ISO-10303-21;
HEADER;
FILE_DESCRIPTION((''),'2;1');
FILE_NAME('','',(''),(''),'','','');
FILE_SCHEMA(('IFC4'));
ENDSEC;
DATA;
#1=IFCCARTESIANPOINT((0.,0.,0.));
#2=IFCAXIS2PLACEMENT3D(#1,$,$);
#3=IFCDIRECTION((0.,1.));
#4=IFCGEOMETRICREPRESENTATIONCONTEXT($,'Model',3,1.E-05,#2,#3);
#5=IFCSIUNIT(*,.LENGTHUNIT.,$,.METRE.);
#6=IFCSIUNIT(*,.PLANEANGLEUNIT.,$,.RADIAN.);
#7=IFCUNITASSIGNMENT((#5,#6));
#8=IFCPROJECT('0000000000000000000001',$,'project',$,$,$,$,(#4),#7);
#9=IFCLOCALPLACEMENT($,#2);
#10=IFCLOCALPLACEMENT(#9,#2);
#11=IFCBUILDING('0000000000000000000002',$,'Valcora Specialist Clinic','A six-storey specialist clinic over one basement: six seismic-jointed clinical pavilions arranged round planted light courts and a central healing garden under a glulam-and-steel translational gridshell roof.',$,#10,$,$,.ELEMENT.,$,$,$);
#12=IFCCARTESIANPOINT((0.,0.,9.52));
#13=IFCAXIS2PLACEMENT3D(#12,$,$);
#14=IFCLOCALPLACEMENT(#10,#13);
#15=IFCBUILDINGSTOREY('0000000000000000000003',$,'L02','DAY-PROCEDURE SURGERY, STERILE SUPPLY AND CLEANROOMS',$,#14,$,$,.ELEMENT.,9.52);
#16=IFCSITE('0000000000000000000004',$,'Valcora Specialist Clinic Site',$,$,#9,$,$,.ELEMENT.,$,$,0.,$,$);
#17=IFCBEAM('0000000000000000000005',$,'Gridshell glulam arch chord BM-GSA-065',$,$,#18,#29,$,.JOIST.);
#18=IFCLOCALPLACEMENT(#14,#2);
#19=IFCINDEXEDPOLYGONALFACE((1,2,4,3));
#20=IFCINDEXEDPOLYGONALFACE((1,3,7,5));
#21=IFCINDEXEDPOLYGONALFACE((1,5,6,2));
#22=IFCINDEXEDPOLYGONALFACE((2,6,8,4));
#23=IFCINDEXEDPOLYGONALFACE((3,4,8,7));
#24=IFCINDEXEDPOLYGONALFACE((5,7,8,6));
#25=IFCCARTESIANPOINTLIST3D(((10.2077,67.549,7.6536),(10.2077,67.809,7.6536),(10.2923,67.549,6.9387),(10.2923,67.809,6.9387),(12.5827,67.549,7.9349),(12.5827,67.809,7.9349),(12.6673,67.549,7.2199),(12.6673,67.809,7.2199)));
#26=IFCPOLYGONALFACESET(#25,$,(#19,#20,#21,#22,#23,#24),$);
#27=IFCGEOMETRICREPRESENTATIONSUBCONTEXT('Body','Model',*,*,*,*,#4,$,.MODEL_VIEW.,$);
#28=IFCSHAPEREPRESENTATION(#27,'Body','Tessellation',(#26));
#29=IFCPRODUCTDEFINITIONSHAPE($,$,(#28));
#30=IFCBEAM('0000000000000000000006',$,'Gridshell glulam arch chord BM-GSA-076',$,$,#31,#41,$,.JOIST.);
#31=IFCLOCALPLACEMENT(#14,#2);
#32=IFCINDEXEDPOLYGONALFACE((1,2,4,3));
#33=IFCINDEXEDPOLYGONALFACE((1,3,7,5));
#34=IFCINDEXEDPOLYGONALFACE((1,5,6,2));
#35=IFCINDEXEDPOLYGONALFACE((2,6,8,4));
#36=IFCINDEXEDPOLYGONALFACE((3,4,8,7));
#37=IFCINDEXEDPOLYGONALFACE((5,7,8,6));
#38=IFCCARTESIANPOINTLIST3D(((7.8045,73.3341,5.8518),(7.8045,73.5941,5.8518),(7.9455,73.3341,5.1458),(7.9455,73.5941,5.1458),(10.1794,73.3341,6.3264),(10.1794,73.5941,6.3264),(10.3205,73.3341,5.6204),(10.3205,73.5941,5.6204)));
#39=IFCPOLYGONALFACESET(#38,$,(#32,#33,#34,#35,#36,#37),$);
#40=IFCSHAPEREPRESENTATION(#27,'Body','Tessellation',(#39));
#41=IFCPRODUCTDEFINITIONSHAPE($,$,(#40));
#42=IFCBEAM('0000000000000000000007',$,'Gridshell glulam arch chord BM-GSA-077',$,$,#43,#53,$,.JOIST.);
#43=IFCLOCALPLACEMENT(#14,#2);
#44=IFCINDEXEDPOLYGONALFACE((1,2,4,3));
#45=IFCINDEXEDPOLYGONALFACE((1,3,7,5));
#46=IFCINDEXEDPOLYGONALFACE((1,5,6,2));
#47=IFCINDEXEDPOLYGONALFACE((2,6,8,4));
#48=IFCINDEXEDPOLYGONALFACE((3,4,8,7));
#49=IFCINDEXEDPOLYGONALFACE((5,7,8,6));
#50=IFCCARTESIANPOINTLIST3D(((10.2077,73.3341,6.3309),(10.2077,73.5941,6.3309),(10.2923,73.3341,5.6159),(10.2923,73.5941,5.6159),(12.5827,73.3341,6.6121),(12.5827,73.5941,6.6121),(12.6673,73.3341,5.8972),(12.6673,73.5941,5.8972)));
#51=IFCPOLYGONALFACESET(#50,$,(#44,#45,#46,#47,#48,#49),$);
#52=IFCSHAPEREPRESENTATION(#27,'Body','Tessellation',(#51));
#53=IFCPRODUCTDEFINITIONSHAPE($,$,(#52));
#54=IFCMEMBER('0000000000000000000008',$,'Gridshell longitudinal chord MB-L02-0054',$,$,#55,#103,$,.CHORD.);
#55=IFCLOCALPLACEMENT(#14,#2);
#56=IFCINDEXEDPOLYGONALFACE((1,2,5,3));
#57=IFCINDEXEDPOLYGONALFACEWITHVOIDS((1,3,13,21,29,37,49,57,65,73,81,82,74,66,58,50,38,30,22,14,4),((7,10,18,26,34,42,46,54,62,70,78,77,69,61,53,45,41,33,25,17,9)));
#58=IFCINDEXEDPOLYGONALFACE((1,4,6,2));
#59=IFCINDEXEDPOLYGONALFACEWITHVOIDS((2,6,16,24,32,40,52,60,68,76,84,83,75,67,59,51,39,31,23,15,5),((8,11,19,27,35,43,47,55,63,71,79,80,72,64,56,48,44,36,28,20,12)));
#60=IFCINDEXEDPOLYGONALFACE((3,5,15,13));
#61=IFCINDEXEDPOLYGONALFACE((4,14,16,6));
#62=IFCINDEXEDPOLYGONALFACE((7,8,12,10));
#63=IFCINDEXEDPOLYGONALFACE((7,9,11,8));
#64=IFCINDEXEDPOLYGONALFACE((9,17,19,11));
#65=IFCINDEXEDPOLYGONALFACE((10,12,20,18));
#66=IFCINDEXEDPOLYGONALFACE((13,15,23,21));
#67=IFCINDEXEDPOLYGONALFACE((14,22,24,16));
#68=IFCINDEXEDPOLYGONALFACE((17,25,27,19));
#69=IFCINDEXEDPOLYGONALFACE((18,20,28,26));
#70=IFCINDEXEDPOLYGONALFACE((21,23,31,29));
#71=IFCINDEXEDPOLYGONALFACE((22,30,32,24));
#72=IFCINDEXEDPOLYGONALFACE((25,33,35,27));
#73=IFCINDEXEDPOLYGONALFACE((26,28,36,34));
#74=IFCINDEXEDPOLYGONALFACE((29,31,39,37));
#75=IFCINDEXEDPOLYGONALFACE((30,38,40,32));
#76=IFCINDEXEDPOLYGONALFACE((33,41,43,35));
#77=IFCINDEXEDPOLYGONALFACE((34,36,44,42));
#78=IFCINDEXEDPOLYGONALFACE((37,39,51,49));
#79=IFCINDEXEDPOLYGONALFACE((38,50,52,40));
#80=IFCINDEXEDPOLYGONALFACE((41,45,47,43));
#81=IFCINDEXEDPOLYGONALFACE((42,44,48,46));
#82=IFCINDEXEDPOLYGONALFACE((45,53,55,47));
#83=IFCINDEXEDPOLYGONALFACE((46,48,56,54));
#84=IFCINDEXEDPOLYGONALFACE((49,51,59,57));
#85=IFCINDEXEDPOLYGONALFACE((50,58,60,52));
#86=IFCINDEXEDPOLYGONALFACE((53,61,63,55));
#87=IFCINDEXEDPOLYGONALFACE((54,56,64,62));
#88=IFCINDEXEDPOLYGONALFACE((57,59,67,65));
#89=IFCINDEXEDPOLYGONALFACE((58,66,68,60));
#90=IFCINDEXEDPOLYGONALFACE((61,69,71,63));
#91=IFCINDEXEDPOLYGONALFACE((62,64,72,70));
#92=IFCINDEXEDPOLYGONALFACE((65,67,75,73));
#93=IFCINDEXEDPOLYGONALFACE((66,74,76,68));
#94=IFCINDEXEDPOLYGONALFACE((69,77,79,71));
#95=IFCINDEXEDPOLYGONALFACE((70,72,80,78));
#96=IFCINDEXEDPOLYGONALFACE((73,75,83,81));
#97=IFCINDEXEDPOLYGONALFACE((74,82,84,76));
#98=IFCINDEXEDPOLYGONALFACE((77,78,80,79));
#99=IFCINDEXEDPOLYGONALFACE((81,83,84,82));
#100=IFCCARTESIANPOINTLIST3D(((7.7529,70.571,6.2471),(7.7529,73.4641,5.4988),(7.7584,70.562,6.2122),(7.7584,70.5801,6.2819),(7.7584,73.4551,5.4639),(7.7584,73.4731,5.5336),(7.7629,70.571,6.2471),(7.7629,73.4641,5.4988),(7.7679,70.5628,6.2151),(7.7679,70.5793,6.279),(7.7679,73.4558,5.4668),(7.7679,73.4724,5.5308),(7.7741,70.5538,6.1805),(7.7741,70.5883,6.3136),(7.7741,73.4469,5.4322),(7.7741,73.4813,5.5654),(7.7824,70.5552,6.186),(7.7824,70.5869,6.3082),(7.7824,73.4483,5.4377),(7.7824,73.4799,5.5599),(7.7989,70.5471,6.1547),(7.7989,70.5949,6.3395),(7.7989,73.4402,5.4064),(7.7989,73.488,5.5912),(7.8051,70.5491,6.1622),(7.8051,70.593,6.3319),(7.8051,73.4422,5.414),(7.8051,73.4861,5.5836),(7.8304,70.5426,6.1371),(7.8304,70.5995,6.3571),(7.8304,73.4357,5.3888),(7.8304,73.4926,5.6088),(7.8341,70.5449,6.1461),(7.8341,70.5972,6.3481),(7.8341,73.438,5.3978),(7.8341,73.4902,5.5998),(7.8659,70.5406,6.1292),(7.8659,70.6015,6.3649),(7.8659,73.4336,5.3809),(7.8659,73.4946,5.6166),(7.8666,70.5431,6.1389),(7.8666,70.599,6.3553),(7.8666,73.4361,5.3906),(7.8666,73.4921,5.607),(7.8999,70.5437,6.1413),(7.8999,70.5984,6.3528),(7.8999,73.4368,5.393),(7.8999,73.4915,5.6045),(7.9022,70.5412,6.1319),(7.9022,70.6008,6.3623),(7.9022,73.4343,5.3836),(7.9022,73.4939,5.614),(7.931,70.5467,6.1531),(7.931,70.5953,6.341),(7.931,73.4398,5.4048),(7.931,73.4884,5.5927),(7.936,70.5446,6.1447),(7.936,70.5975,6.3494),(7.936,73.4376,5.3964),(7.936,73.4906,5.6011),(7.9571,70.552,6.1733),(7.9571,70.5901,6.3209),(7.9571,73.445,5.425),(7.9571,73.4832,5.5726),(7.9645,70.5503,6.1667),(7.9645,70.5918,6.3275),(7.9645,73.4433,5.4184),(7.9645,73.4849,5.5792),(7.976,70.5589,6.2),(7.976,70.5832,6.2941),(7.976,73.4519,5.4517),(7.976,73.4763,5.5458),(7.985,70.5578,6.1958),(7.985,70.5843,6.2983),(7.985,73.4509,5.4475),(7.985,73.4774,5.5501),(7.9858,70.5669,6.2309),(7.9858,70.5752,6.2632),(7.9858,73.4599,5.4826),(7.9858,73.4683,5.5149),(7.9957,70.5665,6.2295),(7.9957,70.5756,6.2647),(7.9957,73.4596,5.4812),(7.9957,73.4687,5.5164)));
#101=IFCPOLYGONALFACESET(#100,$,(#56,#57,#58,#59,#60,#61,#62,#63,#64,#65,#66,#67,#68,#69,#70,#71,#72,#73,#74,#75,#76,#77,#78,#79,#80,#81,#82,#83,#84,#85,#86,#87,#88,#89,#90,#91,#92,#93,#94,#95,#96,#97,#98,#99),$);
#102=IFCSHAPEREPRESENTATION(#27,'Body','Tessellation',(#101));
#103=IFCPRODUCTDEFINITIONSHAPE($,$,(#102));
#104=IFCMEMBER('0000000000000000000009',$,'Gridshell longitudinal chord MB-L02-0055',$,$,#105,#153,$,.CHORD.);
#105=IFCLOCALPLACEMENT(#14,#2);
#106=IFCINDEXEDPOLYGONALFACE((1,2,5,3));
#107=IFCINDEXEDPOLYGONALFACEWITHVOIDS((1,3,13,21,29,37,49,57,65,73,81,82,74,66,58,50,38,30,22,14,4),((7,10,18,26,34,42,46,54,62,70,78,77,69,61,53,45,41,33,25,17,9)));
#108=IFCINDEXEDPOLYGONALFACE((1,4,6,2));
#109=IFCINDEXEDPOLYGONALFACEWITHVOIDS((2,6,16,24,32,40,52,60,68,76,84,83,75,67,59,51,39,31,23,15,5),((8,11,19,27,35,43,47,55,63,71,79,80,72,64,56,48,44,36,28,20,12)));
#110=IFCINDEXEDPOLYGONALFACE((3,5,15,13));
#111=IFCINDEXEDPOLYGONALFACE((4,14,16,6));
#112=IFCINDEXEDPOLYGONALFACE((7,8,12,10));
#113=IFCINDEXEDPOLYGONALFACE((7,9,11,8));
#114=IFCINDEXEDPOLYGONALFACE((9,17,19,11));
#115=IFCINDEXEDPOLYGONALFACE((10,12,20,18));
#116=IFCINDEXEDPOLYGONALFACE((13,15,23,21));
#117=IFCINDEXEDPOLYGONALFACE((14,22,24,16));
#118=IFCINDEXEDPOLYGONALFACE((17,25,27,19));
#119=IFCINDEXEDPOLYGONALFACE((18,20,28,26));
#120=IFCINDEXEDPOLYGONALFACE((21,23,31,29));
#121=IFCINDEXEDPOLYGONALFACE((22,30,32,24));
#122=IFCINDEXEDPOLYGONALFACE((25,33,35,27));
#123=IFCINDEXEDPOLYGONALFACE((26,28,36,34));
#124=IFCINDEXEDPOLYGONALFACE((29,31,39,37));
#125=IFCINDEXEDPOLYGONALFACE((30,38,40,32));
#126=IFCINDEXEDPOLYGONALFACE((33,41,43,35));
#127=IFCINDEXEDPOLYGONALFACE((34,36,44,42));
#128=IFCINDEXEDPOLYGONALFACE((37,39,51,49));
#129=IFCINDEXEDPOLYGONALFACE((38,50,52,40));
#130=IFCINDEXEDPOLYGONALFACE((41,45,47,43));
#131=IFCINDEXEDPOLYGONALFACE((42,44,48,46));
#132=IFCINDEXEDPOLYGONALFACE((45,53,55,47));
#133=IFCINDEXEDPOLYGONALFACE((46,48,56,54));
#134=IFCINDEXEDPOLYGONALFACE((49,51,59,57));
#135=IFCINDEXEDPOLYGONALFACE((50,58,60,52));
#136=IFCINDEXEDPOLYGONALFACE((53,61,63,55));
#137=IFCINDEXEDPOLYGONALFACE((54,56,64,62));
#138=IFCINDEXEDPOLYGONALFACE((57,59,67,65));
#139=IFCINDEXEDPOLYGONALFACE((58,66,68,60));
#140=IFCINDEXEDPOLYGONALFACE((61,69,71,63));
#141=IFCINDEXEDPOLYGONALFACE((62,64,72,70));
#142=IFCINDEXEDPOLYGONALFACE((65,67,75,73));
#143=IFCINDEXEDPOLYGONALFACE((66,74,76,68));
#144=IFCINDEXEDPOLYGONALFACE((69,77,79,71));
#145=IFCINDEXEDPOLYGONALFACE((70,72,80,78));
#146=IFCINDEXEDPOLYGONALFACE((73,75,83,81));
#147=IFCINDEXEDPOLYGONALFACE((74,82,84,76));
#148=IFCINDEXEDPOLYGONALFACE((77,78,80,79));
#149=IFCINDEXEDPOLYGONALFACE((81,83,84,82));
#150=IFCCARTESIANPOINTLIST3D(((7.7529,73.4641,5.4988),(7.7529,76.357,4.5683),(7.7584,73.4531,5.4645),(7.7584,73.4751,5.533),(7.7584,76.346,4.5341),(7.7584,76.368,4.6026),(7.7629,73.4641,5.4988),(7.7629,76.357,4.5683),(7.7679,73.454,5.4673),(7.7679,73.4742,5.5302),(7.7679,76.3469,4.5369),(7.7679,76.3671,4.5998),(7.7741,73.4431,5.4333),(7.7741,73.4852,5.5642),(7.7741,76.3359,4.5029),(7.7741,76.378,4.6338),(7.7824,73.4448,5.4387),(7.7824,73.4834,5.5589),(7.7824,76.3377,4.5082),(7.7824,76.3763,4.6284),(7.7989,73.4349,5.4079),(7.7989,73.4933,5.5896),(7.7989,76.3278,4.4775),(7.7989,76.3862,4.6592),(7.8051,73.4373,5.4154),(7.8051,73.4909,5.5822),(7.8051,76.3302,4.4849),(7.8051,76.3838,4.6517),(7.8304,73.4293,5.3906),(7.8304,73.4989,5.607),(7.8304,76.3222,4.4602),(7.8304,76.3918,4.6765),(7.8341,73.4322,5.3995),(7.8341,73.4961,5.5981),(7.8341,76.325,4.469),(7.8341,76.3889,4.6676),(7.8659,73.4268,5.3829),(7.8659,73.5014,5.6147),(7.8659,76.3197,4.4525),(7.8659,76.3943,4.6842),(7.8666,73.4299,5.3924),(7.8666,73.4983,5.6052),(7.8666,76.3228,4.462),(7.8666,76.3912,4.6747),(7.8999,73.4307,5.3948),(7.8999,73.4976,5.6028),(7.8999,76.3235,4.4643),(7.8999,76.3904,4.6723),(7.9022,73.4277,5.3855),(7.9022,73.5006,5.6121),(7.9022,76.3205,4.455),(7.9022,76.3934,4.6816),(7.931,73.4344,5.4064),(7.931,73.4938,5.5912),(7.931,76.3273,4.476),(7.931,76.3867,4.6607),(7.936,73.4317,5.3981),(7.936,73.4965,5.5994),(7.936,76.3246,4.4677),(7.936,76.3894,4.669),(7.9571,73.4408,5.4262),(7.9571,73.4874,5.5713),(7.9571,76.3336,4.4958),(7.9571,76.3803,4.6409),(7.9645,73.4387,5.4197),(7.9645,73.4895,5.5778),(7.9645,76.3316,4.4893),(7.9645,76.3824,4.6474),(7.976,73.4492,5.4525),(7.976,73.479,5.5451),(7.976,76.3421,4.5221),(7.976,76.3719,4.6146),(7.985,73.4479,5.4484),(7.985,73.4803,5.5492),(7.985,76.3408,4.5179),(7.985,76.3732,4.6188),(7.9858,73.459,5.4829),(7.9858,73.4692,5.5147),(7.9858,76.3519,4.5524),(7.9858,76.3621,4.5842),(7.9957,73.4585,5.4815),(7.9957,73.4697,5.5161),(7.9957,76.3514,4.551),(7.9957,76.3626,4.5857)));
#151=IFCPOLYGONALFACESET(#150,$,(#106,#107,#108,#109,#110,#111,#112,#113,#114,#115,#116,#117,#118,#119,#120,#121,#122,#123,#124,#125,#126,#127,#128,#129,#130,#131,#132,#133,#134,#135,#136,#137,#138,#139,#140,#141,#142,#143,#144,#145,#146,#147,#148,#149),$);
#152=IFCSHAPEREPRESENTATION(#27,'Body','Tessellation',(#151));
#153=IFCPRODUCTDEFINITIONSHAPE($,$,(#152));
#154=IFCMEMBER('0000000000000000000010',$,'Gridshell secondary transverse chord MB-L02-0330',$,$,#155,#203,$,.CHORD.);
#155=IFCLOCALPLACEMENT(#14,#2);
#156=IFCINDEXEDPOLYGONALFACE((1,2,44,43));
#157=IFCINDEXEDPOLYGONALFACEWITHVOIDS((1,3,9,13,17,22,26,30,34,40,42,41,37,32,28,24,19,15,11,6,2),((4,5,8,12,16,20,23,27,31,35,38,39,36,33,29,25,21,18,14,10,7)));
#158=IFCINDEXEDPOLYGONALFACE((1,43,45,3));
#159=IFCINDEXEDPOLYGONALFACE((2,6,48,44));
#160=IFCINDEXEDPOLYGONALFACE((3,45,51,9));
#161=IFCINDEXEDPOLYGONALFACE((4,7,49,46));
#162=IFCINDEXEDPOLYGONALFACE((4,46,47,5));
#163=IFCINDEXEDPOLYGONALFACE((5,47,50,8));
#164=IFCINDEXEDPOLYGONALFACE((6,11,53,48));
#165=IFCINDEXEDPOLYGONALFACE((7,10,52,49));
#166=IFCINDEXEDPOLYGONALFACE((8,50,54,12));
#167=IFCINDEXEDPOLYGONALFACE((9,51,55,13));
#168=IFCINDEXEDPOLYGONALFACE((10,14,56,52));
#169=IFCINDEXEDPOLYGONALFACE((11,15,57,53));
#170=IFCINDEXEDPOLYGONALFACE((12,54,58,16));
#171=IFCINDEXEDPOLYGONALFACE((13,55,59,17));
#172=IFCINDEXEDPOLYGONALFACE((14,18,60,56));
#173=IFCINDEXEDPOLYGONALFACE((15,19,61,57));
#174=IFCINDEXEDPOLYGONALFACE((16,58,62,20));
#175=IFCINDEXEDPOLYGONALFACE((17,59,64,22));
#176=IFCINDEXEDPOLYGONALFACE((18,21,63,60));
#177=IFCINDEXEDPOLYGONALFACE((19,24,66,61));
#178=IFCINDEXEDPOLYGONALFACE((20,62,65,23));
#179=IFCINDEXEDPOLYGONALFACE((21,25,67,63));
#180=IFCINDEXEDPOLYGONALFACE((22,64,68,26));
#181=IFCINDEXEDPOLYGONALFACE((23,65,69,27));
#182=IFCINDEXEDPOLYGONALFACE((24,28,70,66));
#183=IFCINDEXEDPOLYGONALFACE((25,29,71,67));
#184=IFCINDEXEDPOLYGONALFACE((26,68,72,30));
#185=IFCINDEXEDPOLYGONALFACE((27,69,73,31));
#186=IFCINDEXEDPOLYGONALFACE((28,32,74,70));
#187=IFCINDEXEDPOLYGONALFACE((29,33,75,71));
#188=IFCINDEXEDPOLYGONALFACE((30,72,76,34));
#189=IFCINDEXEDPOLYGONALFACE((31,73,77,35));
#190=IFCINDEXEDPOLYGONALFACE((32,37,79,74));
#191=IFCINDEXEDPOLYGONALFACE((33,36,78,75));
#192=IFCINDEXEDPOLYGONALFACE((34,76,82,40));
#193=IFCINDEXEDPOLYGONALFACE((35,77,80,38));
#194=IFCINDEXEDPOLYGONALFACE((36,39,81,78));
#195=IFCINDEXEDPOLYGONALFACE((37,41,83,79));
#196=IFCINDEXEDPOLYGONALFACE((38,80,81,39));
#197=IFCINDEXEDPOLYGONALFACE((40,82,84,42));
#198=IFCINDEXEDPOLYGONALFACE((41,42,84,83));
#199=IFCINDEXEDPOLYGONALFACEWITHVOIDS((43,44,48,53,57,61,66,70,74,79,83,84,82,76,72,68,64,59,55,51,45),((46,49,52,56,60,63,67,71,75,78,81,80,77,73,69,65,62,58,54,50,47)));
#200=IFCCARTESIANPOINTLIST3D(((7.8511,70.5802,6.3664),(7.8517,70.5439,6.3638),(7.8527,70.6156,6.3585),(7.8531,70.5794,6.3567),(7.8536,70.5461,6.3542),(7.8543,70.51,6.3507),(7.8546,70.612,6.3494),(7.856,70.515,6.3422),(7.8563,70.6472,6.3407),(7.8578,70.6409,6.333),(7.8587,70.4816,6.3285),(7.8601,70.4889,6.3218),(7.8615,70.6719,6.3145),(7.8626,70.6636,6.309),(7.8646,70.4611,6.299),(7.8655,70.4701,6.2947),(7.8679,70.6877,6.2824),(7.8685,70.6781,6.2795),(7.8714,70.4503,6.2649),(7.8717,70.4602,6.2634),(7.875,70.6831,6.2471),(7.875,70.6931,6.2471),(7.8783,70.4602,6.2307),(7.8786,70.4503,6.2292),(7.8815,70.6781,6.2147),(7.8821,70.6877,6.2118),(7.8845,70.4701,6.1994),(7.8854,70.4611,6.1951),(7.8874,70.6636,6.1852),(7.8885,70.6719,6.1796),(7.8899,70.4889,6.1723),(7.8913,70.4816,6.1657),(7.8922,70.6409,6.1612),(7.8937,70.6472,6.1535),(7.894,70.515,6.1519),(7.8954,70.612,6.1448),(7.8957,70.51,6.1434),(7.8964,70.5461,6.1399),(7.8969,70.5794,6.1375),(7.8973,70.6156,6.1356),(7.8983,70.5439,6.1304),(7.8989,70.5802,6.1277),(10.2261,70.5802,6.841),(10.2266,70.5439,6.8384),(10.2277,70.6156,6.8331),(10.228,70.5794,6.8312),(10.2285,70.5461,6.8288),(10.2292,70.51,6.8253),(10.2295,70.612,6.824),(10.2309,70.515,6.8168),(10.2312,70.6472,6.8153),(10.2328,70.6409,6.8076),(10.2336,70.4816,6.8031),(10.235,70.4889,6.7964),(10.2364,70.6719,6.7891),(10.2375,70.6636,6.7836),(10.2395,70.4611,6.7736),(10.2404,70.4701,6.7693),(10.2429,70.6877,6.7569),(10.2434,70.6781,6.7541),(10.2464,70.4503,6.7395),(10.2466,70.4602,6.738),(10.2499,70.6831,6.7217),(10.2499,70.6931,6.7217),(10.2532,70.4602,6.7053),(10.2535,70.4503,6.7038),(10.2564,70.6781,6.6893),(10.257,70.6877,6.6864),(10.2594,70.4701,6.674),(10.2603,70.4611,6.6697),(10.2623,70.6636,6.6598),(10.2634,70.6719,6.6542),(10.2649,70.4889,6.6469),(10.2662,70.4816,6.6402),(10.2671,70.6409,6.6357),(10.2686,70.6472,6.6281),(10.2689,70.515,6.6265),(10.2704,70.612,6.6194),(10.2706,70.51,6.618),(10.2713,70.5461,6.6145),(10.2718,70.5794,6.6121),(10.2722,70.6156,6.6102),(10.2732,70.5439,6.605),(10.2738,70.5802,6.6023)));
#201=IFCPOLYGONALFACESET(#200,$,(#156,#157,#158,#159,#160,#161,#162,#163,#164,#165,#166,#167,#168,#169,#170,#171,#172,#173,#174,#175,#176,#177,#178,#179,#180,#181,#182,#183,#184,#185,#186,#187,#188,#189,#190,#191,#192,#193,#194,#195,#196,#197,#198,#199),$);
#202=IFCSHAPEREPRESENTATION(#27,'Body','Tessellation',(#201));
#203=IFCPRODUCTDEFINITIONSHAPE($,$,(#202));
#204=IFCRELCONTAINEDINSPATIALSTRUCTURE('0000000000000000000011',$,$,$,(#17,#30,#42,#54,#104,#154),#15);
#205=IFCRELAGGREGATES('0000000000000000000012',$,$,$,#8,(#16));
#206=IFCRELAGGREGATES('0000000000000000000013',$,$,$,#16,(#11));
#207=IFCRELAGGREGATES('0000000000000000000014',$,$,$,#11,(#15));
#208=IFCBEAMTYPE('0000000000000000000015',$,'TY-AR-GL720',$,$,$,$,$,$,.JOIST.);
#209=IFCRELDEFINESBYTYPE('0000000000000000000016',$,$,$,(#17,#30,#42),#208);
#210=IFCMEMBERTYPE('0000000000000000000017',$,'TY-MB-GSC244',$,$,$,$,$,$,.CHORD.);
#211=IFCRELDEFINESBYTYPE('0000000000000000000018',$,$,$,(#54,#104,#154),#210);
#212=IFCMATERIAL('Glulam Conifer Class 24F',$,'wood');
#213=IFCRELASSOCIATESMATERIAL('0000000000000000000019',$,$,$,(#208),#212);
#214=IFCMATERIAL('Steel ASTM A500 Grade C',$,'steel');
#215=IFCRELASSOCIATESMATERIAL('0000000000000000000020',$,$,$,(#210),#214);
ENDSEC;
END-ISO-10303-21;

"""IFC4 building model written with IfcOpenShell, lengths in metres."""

from ifc_helpers import new_model, si_unit, direction, frame, origin, origin_2d, place, context, subcontext, project, spatial, rectangle, hollow_circle, extrude, material, material_profile, profile_set, type_object, element, save


model = new_model("IFC4")

# Units and contexts
model_context = context("Model", 3, precision=1e-05, world=origin(), true_north=direction((0.0, 1.0)))
body_context = subcontext(model_context, "Body", "Model", "MODEL_VIEW")
ifc_project = project(units=[si_unit("LENGTHUNIT", "METRE"), si_unit("PLANEANGLEUNIT", "RADIAN")], contexts=[model_context])

# Site, building, storey
site_placement = place(None, origin())
site = spatial("IfcSite", under=ifc_project, at=site_placement, Name="Valcora Specialist Clinic Site", CompositionType="ELEMENT", RefElevation=0.0)
building_placement = place(site_placement, origin())
building = spatial("IfcBuilding", under=site, at=building_placement, Name="Valcora Specialist Clinic", Description="A six-storey specialist clinic over one basement: six seismic-jointed clinical pavilions arranged round planted light courts and a central healing garden under a glulam-and-steel translational gridshell roof.", CompositionType="ELEMENT")
storey_placement = place(building_placement, frame((0.0, 0.0, 9.52)))
storey = spatial("IfcBuildingStorey", under=building, at=storey_placement, Name="L02", Description="DAY-PROCEDURE SURGERY, STERILE SUPPLY AND CLEANROOMS", CompositionType="ELEMENT", Elevation=9.52)

# Beams
ifc_material_1 = material(Name="Glulam Conifer Class 24F", Category="wood")
ifc_material_profile_1 = material_profile(ifc_material_1, rectangle(XDim=0.26, YDim=0.72, at=origin_2d()), Name="GL-ARC-260X720")
ifc_profile_set_1 = profile_set([ifc_material_profile_1], Name="Glulam Conifer Class 24F")
beam_type = type_object("IfcBeamType", Name="TY-AR-GL720", PredefinedType="JOIST", material=ifc_profile_set_1)
beam_1_placement = place(storey_placement, frame((10.25, 67.679, 7.2961), z_axis=(0.993061, 0.0, 0.117599), x_axis=(0.0, 1.0, 0.0)))
element("IfcBeam", 1, at=beam_1_placement, inside=storey, type_object=beam_type, Name="Gridshell glulam arch chord BM-GSA-065", PredefinedType="JOIST", context=body_context, shape_type="SweptSolid", body=[
    extrude(rectangle(XDim=0.26, YDim=0.72, at=origin_2d()), origin(), (0.0, 0.0, 1.0), 2.3916),
])
beam_2_placement = place(storey_placement, frame((7.875, 73.4641, 5.4988), z_axis=(0.980612, 0.0, 0.195961), x_axis=(0.0, 1.0, 0.0)))
element("IfcBeam", 2, at=beam_2_placement, inside=storey, type_object=beam_type, Name="Gridshell glulam arch chord BM-GSA-076", PredefinedType="JOIST", context=body_context, shape_type="SweptSolid", body=[
    extrude(rectangle(XDim=0.26, YDim=0.72, at=origin_2d()), origin(), (0.0, 0.0, 1.0), 2.4219),
])
beam_3_placement = place(storey_placement, frame((10.25, 73.4641, 5.9734), z_axis=(0.993061, 0.0, 0.117599), x_axis=(0.0, 1.0, 0.0)))
element("IfcBeam", 3, at=beam_3_placement, inside=storey, type_object=beam_type, Name="Gridshell glulam arch chord BM-GSA-077", PredefinedType="JOIST", context=body_context, shape_type="SweptSolid", body=[
    extrude(rectangle(XDim=0.26, YDim=0.72, at=origin_2d()), origin(), (0.0, 0.0, 1.0), 2.3916),
])

# Members
ifc_material_2 = material(Name="Steel ASTM A500 Grade C", Category="steel")
ifc_material_profile_2 = material_profile(ifc_material_2, hollow_circle(Radius=0.1221, WallThickness=0.01, at=origin_2d()), Name="ST-CHS-244X10")
ifc_profile_set_2 = profile_set([ifc_material_profile_2], Name="Steel ASTM A500 Grade C")
member_type_1 = type_object("IfcMemberType", Name="TY-MB-GSC244", PredefinedType="CHORD", material=ifc_profile_set_2)
member_1_placement = place(storey_placement, frame((7.875, 70.571, 6.2471), z_axis=(0.0, 0.96814, -0.250409), x_axis=(-1.0, 0.0, 0.0)))
element("IfcMember", 4, at=member_1_placement, inside=storey, type_object=member_type_1, Name="Gridshell longitudinal chord MB-L02-0054", PredefinedType="CHORD", context=body_context, shape_type="SweptSolid", body=[
    extrude(hollow_circle(Radius=0.1221, WallThickness=0.01, at=origin_2d()), origin(), (0.0, 0.0, 1.0), 2.9883),
])
member_2_placement = place(storey_placement, frame((7.875, 73.4641, 5.4988), z_axis=(0.0, 0.951973, -0.306183), x_axis=(-1.0, 0.0, 0.0)))
element("IfcMember", 5, at=member_2_placement, inside=storey, type_object=member_type_1, Name="Gridshell longitudinal chord MB-L02-0055", PredefinedType="CHORD", context=body_context, shape_type="SweptSolid", body=[
    extrude(hollow_circle(Radius=0.1221, WallThickness=0.01, at=origin_2d()), origin(), (0.0, 0.0, 1.0), 3.0388),
])
member_3_placement = place(storey_placement, frame((7.875, 70.571, 6.2471), z_axis=(0.980612, 0.0, 0.195961), x_axis=(0.0, 1.0, 0.0)))
element("IfcMember", 6, at=member_3_placement, inside=storey, type_object=member_type_1, Name="Gridshell secondary transverse chord MB-L02-0330", PredefinedType="CHORD", context=body_context, shape_type="SweptSolid", body=[
    extrude(hollow_circle(Radius=0.1221, WallThickness=0.01, at=origin_2d()), origin(), (0.0, 0.0, 1.0), 2.4219),
])

save(model, "model.ifc")
